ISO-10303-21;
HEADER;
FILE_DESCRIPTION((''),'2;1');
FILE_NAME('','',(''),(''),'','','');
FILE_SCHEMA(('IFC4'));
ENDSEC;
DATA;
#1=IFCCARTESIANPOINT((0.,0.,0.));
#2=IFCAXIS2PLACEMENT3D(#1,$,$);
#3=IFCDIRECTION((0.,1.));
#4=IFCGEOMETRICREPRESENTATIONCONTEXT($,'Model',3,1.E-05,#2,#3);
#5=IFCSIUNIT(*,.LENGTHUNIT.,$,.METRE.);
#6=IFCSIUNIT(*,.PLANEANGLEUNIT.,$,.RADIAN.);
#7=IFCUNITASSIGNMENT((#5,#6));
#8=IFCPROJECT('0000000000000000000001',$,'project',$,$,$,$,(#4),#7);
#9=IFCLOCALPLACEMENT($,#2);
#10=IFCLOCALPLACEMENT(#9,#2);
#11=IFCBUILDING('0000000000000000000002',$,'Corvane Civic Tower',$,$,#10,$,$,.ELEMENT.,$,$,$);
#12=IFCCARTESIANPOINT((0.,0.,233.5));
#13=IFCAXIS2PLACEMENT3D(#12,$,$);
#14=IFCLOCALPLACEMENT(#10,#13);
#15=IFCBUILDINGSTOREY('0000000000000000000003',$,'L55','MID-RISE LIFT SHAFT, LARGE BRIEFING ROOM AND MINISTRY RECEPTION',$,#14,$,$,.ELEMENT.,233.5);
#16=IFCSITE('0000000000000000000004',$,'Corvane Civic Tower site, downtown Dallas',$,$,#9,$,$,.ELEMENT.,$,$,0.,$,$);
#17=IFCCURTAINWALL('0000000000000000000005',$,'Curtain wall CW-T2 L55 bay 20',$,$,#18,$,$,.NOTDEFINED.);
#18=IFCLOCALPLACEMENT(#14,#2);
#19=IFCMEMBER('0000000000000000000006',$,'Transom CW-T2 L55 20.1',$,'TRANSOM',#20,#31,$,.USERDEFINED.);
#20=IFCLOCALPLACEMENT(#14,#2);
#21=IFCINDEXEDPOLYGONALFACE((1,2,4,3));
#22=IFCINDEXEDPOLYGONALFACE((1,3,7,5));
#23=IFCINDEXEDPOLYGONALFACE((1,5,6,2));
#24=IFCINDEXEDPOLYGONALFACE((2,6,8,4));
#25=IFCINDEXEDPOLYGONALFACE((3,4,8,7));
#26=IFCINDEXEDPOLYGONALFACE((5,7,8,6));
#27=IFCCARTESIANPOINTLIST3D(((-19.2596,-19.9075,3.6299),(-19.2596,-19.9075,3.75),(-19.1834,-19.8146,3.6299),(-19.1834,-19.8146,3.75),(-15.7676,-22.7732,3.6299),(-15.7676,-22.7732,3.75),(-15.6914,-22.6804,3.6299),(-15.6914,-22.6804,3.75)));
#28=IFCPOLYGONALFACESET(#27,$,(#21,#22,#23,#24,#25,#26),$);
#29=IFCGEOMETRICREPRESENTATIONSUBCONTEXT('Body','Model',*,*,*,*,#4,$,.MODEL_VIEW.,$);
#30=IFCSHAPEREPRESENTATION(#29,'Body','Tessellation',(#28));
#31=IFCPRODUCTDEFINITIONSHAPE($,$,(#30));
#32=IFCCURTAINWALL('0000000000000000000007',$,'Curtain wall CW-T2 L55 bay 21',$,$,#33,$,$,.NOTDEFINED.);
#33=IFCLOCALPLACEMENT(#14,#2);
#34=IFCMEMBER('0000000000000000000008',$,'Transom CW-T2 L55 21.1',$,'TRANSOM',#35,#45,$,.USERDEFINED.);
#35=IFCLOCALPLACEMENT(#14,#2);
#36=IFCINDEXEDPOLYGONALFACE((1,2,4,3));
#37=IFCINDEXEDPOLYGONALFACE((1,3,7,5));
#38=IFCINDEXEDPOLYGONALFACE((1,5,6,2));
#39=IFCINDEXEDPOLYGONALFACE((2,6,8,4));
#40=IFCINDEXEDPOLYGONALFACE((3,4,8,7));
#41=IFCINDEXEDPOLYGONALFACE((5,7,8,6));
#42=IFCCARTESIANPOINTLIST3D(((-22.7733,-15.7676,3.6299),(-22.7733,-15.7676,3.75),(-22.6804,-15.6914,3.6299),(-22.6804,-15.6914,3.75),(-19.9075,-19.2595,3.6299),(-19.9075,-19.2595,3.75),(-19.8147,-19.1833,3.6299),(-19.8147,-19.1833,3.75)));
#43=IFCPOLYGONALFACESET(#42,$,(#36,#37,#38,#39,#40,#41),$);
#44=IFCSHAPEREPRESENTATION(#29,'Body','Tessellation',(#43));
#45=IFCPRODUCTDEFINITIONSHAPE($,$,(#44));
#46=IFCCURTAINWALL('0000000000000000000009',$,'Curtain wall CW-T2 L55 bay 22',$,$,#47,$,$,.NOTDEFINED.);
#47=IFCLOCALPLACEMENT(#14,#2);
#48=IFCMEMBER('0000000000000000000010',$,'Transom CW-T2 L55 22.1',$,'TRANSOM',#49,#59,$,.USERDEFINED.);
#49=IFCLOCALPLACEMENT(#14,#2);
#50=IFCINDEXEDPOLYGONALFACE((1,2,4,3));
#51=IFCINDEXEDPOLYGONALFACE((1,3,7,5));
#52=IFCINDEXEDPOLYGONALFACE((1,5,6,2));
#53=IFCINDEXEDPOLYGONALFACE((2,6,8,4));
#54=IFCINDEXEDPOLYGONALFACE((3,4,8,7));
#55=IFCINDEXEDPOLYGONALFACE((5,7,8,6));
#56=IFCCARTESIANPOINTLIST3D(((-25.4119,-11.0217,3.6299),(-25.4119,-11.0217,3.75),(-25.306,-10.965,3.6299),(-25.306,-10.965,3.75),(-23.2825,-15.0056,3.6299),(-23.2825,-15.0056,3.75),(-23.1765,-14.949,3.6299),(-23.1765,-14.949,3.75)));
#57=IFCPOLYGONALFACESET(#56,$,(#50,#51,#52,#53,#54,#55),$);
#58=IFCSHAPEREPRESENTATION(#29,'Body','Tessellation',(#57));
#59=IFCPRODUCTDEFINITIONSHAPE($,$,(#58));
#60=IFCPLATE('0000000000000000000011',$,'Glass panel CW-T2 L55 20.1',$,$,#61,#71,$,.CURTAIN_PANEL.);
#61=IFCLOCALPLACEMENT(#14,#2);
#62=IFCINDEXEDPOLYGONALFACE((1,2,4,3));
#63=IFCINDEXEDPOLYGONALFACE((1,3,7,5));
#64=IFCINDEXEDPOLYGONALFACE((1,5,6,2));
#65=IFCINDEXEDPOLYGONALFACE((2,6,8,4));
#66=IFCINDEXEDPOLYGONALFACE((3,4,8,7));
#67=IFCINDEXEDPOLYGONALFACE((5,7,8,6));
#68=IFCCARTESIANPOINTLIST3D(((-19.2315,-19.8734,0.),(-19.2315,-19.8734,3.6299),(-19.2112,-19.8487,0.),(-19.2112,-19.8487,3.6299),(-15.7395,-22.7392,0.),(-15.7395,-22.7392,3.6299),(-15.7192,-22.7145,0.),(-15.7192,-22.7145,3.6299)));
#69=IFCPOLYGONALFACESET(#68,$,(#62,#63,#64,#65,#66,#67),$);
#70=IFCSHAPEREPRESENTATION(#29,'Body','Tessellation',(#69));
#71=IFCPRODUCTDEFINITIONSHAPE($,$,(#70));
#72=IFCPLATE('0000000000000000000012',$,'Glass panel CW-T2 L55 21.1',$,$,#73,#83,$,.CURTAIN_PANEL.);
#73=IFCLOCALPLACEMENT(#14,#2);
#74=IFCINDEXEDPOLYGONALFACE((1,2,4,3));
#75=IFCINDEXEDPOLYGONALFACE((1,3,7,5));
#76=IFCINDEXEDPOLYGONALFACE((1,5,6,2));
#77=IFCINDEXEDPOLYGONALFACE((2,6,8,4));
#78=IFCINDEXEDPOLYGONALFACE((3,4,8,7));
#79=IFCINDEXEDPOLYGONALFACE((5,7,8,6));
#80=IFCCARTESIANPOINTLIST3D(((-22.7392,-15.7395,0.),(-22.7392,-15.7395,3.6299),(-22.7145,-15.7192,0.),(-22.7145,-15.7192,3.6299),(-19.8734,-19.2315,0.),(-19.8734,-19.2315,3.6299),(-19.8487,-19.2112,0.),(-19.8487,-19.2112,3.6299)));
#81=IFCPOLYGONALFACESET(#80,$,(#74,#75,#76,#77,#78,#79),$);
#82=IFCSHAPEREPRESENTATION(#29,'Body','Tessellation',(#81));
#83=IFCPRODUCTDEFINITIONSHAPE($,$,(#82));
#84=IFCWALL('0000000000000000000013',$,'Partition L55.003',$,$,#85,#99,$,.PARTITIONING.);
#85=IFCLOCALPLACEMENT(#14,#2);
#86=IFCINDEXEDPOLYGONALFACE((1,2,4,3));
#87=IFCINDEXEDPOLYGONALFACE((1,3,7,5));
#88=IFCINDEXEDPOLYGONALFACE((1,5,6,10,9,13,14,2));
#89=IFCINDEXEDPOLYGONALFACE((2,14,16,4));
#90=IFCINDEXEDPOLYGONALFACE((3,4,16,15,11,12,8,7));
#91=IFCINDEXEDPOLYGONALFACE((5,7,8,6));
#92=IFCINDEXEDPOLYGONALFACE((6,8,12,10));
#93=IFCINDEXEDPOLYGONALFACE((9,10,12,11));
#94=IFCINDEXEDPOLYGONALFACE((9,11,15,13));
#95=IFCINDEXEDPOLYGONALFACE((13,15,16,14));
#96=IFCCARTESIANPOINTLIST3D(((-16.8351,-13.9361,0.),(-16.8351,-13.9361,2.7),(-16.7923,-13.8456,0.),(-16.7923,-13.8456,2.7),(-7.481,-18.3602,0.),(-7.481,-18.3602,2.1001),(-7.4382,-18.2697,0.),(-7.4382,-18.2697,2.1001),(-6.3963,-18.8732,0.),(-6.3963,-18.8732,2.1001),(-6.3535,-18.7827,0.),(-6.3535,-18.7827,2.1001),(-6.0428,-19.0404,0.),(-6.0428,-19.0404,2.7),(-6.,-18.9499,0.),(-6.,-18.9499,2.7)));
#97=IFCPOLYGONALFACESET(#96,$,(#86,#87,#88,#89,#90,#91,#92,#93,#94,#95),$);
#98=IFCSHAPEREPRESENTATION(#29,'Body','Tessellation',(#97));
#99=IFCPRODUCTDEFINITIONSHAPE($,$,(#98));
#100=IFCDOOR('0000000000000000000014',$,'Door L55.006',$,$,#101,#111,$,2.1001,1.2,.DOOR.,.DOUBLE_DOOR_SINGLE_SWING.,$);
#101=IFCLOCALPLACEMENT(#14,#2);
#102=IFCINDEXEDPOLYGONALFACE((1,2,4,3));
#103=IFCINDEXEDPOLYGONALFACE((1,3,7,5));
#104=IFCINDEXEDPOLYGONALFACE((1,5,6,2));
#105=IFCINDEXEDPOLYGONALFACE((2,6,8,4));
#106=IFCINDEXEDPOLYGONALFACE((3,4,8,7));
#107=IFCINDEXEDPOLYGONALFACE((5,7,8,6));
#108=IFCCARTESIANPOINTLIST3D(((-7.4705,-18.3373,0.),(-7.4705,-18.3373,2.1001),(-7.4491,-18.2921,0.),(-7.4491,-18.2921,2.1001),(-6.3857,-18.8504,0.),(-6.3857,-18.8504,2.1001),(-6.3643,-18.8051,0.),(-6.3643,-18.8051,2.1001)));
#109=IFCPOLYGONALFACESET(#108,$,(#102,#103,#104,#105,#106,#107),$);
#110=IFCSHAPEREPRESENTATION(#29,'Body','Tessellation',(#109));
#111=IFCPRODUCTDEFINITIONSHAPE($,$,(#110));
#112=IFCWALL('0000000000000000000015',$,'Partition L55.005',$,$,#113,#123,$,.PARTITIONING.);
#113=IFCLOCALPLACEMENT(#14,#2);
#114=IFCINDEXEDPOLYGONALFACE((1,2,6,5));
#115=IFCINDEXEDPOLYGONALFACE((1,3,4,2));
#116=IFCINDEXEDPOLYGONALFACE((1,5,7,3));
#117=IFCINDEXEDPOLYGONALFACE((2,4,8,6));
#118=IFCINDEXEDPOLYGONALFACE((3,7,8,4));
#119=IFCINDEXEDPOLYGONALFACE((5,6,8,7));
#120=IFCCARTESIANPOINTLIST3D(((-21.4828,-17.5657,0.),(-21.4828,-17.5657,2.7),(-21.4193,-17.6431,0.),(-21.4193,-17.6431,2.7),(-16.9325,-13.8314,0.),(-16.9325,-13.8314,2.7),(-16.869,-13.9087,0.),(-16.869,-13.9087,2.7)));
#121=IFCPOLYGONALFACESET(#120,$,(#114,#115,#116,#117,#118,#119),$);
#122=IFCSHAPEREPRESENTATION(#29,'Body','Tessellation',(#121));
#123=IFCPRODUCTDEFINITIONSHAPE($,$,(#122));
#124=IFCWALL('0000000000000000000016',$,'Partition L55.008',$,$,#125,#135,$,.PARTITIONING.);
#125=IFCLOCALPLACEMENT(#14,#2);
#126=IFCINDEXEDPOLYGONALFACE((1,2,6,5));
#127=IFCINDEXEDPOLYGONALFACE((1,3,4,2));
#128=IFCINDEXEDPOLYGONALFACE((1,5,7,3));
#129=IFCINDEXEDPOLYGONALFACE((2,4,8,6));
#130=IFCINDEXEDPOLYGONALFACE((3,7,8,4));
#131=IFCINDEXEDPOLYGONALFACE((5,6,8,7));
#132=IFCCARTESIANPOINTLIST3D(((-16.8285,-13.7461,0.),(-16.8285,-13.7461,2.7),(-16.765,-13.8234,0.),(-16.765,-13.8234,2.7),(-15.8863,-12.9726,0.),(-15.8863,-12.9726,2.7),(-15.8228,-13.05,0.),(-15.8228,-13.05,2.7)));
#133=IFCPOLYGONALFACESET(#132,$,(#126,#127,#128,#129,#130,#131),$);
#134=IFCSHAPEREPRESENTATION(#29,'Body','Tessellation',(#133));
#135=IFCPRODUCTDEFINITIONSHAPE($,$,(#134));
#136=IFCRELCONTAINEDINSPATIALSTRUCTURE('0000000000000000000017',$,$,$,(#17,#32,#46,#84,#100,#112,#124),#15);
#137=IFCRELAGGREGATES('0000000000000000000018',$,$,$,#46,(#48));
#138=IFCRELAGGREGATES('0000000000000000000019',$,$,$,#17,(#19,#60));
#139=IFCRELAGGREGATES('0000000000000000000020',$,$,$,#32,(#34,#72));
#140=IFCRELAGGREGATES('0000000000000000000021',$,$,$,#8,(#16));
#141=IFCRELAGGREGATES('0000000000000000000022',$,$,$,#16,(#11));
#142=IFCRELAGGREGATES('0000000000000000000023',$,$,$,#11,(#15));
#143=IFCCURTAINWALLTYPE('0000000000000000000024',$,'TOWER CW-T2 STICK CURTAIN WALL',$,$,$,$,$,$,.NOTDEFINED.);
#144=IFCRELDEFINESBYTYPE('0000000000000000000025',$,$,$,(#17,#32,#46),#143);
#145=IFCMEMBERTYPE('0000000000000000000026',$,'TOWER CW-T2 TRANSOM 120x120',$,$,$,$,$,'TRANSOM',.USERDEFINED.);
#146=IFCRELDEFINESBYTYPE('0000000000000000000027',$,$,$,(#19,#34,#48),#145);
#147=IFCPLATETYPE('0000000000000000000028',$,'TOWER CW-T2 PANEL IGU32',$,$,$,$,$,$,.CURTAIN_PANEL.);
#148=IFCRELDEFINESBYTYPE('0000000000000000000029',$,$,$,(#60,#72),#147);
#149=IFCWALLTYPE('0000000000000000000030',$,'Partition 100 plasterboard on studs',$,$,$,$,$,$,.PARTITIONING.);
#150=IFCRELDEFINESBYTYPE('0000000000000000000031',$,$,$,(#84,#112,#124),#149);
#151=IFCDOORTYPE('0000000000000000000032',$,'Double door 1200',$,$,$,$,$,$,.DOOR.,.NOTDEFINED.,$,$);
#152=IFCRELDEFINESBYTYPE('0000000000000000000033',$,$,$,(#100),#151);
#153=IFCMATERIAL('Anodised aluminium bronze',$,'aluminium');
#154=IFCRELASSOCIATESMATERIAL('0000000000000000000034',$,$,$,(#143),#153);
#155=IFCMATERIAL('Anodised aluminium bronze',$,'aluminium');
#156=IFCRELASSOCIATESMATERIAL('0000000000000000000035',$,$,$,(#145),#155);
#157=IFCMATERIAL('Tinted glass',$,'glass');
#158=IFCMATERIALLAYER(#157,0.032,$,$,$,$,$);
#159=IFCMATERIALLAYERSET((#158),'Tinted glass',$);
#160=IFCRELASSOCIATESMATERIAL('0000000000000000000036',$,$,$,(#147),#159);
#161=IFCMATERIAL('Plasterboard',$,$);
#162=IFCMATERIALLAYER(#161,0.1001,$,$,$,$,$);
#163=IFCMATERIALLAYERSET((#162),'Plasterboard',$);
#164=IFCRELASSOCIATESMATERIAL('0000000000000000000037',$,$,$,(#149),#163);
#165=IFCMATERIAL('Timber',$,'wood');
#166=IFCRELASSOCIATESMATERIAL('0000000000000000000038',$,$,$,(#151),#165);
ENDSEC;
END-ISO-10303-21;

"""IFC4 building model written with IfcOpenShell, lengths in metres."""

from ifc_helpers import new_model, si_unit, direction, frame, frame_2d, origin, origin_2d, place, context, subcontext, project, spatial, rectangle, extrude, material, layer, layer_set, material_profile, profile_set, type_object, element, fill, aggregate, save


model = new_model("IFC4")

# Units and contexts
model_context = context("Model", 3, precision=1e-05, world=origin(), true_north=direction((0.0, 1.0)))
body_context = subcontext(model_context, "Body", "Model", "MODEL_VIEW")
ifc_project = project(units=[si_unit("LENGTHUNIT", "METRE"), si_unit("PLANEANGLEUNIT", "RADIAN")], contexts=[model_context])

# Site, building, storey
site_placement = place(None, origin())
site = spatial("IfcSite", under=ifc_project, at=site_placement, Name="Corvane Civic Tower site, downtown Dallas", CompositionType="ELEMENT", RefElevation=0.0)
building_placement = place(site_placement, origin())
building = spatial("IfcBuilding", under=site, at=building_placement, Name="Corvane Civic Tower", CompositionType="ELEMENT")
storey_placement = place(building_placement, frame((0.0, 0.0, 233.5)))
storey = spatial("IfcBuildingStorey", under=building, at=storey_placement, Name="L55", Description="MID-RISE LIFT SHAFT, LARGE BRIEFING ROOM AND MINISTRY RECEPTION", CompositionType="ELEMENT", Elevation=233.5)

# Curtain walls, members
ifc_material_1 = material(Name="Anodised aluminium bronze", Category="aluminium")
curtain_wall_type = type_object("IfcCurtainWallType", Name="TOWER CW-T2 STICK CURTAIN WALL", PredefinedType="NOTDEFINED", material=ifc_material_1)
curtain_wall_1_placement = place(storey_placement, origin())
curtain_wall_1 = element("IfcCurtainWall", 1, at=curtain_wall_1_placement, inside=storey, type_object=curtain_wall_type, Name="Curtain wall CW-T2 L55 bay 20", PredefinedType="NOTDEFINED")
ifc_material_2 = material(Name="Anodised aluminium bronze", Category="aluminium")
ifc_material_profile_1 = material_profile(ifc_material_2, rectangle(XDim=0.1201, YDim=0.1201, at=origin_2d()), Name="TOWER CW-T2 TRANSOM 120x120")
ifc_profile_set_1 = profile_set([ifc_material_profile_1], Name="Anodised aluminium bronze")
member_type = type_object("IfcMemberType", Name="TOWER CW-T2 TRANSOM 120x120", ElementType="TRANSOM", PredefinedType="USERDEFINED", material=ifc_profile_set_1)
member_1_placement = place(storey_placement, frame((-15.7295, -22.7268, 3.6899), z_axis=(-0.773015, 0.634388, 0.0), x_axis=(-0.634388, -0.773015, 0.0)))
member_1 = element("IfcMember", 2, at=member_1_placement, type_object=member_type, Name="Transom CW-T2 L55 20.1", ObjectType="TRANSOM", PredefinedType="USERDEFINED", context=body_context, shape_type="SweptSolid", body=[
    extrude(rectangle(XDim=0.1201, YDim=0.1201, at=origin_2d()), origin(), (0.0, 0.0, 1.0), 4.5173),
])
curtain_wall_2_placement = place(storey_placement, origin())
curtain_wall_2 = element("IfcCurtainWall", 3, at=curtain_wall_2_placement, inside=storey, type_object=curtain_wall_type, Name="Curtain wall CW-T2 L55 bay 21", PredefinedType="NOTDEFINED")
member_2_placement = place(storey_placement, frame((-19.8611, -19.2214, 3.6899), z_axis=(-0.634388, 0.773015, 0.0), x_axis=(-0.773015, -0.634388, 0.0)))
member_2 = element("IfcMember", 4, at=member_2_placement, type_object=member_type, Name="Transom CW-T2 L55 21.1", ObjectType="TRANSOM", PredefinedType="USERDEFINED", context=body_context, shape_type="SweptSolid", body=[
    extrude(rectangle(XDim=0.1201, YDim=0.1201, at=origin_2d()), origin(), (0.0, 0.0, 1.0), 4.5173),
])
curtain_wall_3_placement = place(storey_placement, origin())
curtain_wall_3 = element("IfcCurtainWall", 5, at=curtain_wall_3_placement, inside=storey, type_object=curtain_wall_type, Name="Curtain wall CW-T2 L55 bay 22", PredefinedType="NOTDEFINED")
member_3_placement = place(storey_placement, frame((-23.2295, -14.9773, 3.6899), z_axis=(-0.47139, 0.881925, 0.0), x_axis=(-0.881925, -0.47139, 0.0)))
member_3 = element("IfcMember", 6, at=member_3_placement, type_object=member_type, Name="Transom CW-T2 L55 22.1", ObjectType="TRANSOM", PredefinedType="USERDEFINED", context=body_context, shape_type="SweptSolid", body=[
    extrude(rectangle(XDim=0.1201, YDim=0.1201, at=origin_2d()), origin(), (0.0, 0.0, 1.0), 4.5173),
])
aggregate(curtain_wall_3, [member_3])

# Plates
ifc_material_3 = material(Name="Tinted glass", Category="glass")
ifc_layer_1 = layer(ifc_material_3, 0.032)
ifc_layer_set_1 = layer_set([ifc_layer_1], Name="Tinted glass")
plate_type = type_object("IfcPlateType", Name="TOWER CW-T2 PANEL IGU32", PredefinedType="CURTAIN_PANEL", material=ifc_layer_set_1)
plate_1_placement = place(storey_placement, frame((-17.4753, -21.2939, 0.0), z_axis=(0.0, 0.0, 1.0), x_axis=(-0.773012, 0.634391, 0.0)))
plate_1 = element("IfcPlate", 7, at=plate_1_placement, type_object=plate_type, Name="Glass panel CW-T2 L55 20.1", PredefinedType="CURTAIN_PANEL", context=body_context, shape_type="SweptSolid", body=[
    extrude(rectangle(XDim=4.5173, YDim=0.032, at=origin_2d()), origin(), (0.0, 0.0, 1.0), 3.6299),
])
aggregate(curtain_wall_1, [member_1, plate_1])
plate_2_placement = place(storey_placement, frame((-21.2939, -17.4753, 0.0), z_axis=(0.0, 0.0, 1.0), x_axis=(-0.634391, 0.773012, 0.0)))
plate_2 = element("IfcPlate", 8, at=plate_2_placement, type_object=plate_type, Name="Glass panel CW-T2 L55 21.1", PredefinedType="CURTAIN_PANEL", context=body_context, shape_type="SweptSolid", body=[
    extrude(rectangle(XDim=4.5173, YDim=0.032, at=origin_2d()), origin(), (0.0, 0.0, 1.0), 3.6299),
])
aggregate(curtain_wall_2, [member_2, plate_2])

# Wall, opening, door
ifc_material_4 = material(Name="Plasterboard")
ifc_layer_2 = layer(ifc_material_4, 0.1001)
ifc_layer_set_2 = layer_set([ifc_layer_2], Name="Plasterboard")
wall_type_1 = type_object("IfcWallType", Name="Partition 100 plasterboard on studs", PredefinedType="PARTITIONING", material=ifc_layer_set_2)
wall_1_placement = place(storey_placement, frame((-16.8137, -13.8909, 0.0), z_axis=(0.0, 0.0, 1.0), x_axis=(0.903993, -0.427548, 0.0)))
wall_1 = element("IfcWall", 9, at=wall_1_placement, inside=storey, type_object=wall_type_1, Name="Partition L55.003", PredefinedType="PARTITIONING", context=body_context, shape_type="SweptSolid", body=[
    extrude(rectangle(XDim=11.9385, YDim=0.1001, at=frame_2d((5.9692, 0.0))), origin(), (0.0, 0.0, 1.0), 2.7),
])
opening_1_placement = place(wall_1_placement, frame((10.3474, 0.0, 0.0)))
opening_1 = element("IfcOpeningElement", 10, at=opening_1_placement, cuts=wall_1, PredefinedType="OPENING", context=body_context, shape_type="SweptSolid", body=[
    extrude(rectangle(XDim=1.2, YDim=2.1001, at=frame_2d((0.6001, 1.05))), frame((0.0, 0.0601, 0.0), z_axis=(0.0, -1.0, 0.0), x_axis=(1.0, 0.0, 0.0)), (0.0, 0.0, 1.0), 0.1201),
])
ifc_material_5 = material(Name="Timber", Category="wood")
door_type_1 = type_object("IfcDoorType", Name="Double door 1200", OperationType="NOTDEFINED", PredefinedType="DOOR", material=ifc_material_5)
door_1_placement = place(opening_1_placement, frame((1.2, 0.0, 0.0), z_axis=(0.0, 0.0, 1.0), x_axis=(-1.0, 0.0, 0.0)))
door_1 = element("IfcDoor", 11, at=door_1_placement, inside=storey, type_object=door_type_1, Name="Door L55.006", OperationType="DOUBLE_DOOR_SINGLE_SWING", OverallHeight=2.1001, OverallWidth=1.2, PredefinedType="DOOR", context=body_context, shape_type="SweptSolid", body=[
    extrude(rectangle(XDim=1.2, YDim=2.1001, at=frame_2d((0.6001, 1.05))), frame((0.0, 0.0249, 0.0), z_axis=(0.0, -1.0, 0.0), x_axis=(1.0, 0.0, 0.0)), (0.0, 0.0, 1.0), 0.05),
])
fill(opening_1, door_1)

# Walls
wall_2_placement = place(storey_placement, frame((-21.4512, -17.6045, 0.0), z_axis=(0.0, 0.0, 1.0), x_axis=(0.773007, 0.634398, 0.0)))
element("IfcWall", 12, at=wall_2_placement, inside=storey, type_object=wall_type_1, Name="Partition L55.005", PredefinedType="PARTITIONING", context=body_context, shape_type="SweptSolid", body=[
    extrude(rectangle(XDim=5.8865, YDim=0.1001, at=frame_2d((2.9434, 0.0))), origin(), (0.0, 0.0, 1.0), 2.7),
])
wall_3_placement = place(storey_placement, frame((-16.7966, -13.7847, 0.0), z_axis=(0.0, 0.0, 1.0), x_axis=(0.772912, 0.634513, 0.0)))
element("IfcWall", 13, at=wall_3_placement, inside=storey, type_object=wall_type_1, Name="Partition L55.008", PredefinedType="PARTITIONING", context=body_context, shape_type="SweptSolid", body=[
    extrude(rectangle(XDim=1.219, YDim=0.1001, at=frame_2d((0.6094, 0.0))), origin(), (0.0, 0.0, 1.0), 2.7),
])

save(model, "model.ifc")
